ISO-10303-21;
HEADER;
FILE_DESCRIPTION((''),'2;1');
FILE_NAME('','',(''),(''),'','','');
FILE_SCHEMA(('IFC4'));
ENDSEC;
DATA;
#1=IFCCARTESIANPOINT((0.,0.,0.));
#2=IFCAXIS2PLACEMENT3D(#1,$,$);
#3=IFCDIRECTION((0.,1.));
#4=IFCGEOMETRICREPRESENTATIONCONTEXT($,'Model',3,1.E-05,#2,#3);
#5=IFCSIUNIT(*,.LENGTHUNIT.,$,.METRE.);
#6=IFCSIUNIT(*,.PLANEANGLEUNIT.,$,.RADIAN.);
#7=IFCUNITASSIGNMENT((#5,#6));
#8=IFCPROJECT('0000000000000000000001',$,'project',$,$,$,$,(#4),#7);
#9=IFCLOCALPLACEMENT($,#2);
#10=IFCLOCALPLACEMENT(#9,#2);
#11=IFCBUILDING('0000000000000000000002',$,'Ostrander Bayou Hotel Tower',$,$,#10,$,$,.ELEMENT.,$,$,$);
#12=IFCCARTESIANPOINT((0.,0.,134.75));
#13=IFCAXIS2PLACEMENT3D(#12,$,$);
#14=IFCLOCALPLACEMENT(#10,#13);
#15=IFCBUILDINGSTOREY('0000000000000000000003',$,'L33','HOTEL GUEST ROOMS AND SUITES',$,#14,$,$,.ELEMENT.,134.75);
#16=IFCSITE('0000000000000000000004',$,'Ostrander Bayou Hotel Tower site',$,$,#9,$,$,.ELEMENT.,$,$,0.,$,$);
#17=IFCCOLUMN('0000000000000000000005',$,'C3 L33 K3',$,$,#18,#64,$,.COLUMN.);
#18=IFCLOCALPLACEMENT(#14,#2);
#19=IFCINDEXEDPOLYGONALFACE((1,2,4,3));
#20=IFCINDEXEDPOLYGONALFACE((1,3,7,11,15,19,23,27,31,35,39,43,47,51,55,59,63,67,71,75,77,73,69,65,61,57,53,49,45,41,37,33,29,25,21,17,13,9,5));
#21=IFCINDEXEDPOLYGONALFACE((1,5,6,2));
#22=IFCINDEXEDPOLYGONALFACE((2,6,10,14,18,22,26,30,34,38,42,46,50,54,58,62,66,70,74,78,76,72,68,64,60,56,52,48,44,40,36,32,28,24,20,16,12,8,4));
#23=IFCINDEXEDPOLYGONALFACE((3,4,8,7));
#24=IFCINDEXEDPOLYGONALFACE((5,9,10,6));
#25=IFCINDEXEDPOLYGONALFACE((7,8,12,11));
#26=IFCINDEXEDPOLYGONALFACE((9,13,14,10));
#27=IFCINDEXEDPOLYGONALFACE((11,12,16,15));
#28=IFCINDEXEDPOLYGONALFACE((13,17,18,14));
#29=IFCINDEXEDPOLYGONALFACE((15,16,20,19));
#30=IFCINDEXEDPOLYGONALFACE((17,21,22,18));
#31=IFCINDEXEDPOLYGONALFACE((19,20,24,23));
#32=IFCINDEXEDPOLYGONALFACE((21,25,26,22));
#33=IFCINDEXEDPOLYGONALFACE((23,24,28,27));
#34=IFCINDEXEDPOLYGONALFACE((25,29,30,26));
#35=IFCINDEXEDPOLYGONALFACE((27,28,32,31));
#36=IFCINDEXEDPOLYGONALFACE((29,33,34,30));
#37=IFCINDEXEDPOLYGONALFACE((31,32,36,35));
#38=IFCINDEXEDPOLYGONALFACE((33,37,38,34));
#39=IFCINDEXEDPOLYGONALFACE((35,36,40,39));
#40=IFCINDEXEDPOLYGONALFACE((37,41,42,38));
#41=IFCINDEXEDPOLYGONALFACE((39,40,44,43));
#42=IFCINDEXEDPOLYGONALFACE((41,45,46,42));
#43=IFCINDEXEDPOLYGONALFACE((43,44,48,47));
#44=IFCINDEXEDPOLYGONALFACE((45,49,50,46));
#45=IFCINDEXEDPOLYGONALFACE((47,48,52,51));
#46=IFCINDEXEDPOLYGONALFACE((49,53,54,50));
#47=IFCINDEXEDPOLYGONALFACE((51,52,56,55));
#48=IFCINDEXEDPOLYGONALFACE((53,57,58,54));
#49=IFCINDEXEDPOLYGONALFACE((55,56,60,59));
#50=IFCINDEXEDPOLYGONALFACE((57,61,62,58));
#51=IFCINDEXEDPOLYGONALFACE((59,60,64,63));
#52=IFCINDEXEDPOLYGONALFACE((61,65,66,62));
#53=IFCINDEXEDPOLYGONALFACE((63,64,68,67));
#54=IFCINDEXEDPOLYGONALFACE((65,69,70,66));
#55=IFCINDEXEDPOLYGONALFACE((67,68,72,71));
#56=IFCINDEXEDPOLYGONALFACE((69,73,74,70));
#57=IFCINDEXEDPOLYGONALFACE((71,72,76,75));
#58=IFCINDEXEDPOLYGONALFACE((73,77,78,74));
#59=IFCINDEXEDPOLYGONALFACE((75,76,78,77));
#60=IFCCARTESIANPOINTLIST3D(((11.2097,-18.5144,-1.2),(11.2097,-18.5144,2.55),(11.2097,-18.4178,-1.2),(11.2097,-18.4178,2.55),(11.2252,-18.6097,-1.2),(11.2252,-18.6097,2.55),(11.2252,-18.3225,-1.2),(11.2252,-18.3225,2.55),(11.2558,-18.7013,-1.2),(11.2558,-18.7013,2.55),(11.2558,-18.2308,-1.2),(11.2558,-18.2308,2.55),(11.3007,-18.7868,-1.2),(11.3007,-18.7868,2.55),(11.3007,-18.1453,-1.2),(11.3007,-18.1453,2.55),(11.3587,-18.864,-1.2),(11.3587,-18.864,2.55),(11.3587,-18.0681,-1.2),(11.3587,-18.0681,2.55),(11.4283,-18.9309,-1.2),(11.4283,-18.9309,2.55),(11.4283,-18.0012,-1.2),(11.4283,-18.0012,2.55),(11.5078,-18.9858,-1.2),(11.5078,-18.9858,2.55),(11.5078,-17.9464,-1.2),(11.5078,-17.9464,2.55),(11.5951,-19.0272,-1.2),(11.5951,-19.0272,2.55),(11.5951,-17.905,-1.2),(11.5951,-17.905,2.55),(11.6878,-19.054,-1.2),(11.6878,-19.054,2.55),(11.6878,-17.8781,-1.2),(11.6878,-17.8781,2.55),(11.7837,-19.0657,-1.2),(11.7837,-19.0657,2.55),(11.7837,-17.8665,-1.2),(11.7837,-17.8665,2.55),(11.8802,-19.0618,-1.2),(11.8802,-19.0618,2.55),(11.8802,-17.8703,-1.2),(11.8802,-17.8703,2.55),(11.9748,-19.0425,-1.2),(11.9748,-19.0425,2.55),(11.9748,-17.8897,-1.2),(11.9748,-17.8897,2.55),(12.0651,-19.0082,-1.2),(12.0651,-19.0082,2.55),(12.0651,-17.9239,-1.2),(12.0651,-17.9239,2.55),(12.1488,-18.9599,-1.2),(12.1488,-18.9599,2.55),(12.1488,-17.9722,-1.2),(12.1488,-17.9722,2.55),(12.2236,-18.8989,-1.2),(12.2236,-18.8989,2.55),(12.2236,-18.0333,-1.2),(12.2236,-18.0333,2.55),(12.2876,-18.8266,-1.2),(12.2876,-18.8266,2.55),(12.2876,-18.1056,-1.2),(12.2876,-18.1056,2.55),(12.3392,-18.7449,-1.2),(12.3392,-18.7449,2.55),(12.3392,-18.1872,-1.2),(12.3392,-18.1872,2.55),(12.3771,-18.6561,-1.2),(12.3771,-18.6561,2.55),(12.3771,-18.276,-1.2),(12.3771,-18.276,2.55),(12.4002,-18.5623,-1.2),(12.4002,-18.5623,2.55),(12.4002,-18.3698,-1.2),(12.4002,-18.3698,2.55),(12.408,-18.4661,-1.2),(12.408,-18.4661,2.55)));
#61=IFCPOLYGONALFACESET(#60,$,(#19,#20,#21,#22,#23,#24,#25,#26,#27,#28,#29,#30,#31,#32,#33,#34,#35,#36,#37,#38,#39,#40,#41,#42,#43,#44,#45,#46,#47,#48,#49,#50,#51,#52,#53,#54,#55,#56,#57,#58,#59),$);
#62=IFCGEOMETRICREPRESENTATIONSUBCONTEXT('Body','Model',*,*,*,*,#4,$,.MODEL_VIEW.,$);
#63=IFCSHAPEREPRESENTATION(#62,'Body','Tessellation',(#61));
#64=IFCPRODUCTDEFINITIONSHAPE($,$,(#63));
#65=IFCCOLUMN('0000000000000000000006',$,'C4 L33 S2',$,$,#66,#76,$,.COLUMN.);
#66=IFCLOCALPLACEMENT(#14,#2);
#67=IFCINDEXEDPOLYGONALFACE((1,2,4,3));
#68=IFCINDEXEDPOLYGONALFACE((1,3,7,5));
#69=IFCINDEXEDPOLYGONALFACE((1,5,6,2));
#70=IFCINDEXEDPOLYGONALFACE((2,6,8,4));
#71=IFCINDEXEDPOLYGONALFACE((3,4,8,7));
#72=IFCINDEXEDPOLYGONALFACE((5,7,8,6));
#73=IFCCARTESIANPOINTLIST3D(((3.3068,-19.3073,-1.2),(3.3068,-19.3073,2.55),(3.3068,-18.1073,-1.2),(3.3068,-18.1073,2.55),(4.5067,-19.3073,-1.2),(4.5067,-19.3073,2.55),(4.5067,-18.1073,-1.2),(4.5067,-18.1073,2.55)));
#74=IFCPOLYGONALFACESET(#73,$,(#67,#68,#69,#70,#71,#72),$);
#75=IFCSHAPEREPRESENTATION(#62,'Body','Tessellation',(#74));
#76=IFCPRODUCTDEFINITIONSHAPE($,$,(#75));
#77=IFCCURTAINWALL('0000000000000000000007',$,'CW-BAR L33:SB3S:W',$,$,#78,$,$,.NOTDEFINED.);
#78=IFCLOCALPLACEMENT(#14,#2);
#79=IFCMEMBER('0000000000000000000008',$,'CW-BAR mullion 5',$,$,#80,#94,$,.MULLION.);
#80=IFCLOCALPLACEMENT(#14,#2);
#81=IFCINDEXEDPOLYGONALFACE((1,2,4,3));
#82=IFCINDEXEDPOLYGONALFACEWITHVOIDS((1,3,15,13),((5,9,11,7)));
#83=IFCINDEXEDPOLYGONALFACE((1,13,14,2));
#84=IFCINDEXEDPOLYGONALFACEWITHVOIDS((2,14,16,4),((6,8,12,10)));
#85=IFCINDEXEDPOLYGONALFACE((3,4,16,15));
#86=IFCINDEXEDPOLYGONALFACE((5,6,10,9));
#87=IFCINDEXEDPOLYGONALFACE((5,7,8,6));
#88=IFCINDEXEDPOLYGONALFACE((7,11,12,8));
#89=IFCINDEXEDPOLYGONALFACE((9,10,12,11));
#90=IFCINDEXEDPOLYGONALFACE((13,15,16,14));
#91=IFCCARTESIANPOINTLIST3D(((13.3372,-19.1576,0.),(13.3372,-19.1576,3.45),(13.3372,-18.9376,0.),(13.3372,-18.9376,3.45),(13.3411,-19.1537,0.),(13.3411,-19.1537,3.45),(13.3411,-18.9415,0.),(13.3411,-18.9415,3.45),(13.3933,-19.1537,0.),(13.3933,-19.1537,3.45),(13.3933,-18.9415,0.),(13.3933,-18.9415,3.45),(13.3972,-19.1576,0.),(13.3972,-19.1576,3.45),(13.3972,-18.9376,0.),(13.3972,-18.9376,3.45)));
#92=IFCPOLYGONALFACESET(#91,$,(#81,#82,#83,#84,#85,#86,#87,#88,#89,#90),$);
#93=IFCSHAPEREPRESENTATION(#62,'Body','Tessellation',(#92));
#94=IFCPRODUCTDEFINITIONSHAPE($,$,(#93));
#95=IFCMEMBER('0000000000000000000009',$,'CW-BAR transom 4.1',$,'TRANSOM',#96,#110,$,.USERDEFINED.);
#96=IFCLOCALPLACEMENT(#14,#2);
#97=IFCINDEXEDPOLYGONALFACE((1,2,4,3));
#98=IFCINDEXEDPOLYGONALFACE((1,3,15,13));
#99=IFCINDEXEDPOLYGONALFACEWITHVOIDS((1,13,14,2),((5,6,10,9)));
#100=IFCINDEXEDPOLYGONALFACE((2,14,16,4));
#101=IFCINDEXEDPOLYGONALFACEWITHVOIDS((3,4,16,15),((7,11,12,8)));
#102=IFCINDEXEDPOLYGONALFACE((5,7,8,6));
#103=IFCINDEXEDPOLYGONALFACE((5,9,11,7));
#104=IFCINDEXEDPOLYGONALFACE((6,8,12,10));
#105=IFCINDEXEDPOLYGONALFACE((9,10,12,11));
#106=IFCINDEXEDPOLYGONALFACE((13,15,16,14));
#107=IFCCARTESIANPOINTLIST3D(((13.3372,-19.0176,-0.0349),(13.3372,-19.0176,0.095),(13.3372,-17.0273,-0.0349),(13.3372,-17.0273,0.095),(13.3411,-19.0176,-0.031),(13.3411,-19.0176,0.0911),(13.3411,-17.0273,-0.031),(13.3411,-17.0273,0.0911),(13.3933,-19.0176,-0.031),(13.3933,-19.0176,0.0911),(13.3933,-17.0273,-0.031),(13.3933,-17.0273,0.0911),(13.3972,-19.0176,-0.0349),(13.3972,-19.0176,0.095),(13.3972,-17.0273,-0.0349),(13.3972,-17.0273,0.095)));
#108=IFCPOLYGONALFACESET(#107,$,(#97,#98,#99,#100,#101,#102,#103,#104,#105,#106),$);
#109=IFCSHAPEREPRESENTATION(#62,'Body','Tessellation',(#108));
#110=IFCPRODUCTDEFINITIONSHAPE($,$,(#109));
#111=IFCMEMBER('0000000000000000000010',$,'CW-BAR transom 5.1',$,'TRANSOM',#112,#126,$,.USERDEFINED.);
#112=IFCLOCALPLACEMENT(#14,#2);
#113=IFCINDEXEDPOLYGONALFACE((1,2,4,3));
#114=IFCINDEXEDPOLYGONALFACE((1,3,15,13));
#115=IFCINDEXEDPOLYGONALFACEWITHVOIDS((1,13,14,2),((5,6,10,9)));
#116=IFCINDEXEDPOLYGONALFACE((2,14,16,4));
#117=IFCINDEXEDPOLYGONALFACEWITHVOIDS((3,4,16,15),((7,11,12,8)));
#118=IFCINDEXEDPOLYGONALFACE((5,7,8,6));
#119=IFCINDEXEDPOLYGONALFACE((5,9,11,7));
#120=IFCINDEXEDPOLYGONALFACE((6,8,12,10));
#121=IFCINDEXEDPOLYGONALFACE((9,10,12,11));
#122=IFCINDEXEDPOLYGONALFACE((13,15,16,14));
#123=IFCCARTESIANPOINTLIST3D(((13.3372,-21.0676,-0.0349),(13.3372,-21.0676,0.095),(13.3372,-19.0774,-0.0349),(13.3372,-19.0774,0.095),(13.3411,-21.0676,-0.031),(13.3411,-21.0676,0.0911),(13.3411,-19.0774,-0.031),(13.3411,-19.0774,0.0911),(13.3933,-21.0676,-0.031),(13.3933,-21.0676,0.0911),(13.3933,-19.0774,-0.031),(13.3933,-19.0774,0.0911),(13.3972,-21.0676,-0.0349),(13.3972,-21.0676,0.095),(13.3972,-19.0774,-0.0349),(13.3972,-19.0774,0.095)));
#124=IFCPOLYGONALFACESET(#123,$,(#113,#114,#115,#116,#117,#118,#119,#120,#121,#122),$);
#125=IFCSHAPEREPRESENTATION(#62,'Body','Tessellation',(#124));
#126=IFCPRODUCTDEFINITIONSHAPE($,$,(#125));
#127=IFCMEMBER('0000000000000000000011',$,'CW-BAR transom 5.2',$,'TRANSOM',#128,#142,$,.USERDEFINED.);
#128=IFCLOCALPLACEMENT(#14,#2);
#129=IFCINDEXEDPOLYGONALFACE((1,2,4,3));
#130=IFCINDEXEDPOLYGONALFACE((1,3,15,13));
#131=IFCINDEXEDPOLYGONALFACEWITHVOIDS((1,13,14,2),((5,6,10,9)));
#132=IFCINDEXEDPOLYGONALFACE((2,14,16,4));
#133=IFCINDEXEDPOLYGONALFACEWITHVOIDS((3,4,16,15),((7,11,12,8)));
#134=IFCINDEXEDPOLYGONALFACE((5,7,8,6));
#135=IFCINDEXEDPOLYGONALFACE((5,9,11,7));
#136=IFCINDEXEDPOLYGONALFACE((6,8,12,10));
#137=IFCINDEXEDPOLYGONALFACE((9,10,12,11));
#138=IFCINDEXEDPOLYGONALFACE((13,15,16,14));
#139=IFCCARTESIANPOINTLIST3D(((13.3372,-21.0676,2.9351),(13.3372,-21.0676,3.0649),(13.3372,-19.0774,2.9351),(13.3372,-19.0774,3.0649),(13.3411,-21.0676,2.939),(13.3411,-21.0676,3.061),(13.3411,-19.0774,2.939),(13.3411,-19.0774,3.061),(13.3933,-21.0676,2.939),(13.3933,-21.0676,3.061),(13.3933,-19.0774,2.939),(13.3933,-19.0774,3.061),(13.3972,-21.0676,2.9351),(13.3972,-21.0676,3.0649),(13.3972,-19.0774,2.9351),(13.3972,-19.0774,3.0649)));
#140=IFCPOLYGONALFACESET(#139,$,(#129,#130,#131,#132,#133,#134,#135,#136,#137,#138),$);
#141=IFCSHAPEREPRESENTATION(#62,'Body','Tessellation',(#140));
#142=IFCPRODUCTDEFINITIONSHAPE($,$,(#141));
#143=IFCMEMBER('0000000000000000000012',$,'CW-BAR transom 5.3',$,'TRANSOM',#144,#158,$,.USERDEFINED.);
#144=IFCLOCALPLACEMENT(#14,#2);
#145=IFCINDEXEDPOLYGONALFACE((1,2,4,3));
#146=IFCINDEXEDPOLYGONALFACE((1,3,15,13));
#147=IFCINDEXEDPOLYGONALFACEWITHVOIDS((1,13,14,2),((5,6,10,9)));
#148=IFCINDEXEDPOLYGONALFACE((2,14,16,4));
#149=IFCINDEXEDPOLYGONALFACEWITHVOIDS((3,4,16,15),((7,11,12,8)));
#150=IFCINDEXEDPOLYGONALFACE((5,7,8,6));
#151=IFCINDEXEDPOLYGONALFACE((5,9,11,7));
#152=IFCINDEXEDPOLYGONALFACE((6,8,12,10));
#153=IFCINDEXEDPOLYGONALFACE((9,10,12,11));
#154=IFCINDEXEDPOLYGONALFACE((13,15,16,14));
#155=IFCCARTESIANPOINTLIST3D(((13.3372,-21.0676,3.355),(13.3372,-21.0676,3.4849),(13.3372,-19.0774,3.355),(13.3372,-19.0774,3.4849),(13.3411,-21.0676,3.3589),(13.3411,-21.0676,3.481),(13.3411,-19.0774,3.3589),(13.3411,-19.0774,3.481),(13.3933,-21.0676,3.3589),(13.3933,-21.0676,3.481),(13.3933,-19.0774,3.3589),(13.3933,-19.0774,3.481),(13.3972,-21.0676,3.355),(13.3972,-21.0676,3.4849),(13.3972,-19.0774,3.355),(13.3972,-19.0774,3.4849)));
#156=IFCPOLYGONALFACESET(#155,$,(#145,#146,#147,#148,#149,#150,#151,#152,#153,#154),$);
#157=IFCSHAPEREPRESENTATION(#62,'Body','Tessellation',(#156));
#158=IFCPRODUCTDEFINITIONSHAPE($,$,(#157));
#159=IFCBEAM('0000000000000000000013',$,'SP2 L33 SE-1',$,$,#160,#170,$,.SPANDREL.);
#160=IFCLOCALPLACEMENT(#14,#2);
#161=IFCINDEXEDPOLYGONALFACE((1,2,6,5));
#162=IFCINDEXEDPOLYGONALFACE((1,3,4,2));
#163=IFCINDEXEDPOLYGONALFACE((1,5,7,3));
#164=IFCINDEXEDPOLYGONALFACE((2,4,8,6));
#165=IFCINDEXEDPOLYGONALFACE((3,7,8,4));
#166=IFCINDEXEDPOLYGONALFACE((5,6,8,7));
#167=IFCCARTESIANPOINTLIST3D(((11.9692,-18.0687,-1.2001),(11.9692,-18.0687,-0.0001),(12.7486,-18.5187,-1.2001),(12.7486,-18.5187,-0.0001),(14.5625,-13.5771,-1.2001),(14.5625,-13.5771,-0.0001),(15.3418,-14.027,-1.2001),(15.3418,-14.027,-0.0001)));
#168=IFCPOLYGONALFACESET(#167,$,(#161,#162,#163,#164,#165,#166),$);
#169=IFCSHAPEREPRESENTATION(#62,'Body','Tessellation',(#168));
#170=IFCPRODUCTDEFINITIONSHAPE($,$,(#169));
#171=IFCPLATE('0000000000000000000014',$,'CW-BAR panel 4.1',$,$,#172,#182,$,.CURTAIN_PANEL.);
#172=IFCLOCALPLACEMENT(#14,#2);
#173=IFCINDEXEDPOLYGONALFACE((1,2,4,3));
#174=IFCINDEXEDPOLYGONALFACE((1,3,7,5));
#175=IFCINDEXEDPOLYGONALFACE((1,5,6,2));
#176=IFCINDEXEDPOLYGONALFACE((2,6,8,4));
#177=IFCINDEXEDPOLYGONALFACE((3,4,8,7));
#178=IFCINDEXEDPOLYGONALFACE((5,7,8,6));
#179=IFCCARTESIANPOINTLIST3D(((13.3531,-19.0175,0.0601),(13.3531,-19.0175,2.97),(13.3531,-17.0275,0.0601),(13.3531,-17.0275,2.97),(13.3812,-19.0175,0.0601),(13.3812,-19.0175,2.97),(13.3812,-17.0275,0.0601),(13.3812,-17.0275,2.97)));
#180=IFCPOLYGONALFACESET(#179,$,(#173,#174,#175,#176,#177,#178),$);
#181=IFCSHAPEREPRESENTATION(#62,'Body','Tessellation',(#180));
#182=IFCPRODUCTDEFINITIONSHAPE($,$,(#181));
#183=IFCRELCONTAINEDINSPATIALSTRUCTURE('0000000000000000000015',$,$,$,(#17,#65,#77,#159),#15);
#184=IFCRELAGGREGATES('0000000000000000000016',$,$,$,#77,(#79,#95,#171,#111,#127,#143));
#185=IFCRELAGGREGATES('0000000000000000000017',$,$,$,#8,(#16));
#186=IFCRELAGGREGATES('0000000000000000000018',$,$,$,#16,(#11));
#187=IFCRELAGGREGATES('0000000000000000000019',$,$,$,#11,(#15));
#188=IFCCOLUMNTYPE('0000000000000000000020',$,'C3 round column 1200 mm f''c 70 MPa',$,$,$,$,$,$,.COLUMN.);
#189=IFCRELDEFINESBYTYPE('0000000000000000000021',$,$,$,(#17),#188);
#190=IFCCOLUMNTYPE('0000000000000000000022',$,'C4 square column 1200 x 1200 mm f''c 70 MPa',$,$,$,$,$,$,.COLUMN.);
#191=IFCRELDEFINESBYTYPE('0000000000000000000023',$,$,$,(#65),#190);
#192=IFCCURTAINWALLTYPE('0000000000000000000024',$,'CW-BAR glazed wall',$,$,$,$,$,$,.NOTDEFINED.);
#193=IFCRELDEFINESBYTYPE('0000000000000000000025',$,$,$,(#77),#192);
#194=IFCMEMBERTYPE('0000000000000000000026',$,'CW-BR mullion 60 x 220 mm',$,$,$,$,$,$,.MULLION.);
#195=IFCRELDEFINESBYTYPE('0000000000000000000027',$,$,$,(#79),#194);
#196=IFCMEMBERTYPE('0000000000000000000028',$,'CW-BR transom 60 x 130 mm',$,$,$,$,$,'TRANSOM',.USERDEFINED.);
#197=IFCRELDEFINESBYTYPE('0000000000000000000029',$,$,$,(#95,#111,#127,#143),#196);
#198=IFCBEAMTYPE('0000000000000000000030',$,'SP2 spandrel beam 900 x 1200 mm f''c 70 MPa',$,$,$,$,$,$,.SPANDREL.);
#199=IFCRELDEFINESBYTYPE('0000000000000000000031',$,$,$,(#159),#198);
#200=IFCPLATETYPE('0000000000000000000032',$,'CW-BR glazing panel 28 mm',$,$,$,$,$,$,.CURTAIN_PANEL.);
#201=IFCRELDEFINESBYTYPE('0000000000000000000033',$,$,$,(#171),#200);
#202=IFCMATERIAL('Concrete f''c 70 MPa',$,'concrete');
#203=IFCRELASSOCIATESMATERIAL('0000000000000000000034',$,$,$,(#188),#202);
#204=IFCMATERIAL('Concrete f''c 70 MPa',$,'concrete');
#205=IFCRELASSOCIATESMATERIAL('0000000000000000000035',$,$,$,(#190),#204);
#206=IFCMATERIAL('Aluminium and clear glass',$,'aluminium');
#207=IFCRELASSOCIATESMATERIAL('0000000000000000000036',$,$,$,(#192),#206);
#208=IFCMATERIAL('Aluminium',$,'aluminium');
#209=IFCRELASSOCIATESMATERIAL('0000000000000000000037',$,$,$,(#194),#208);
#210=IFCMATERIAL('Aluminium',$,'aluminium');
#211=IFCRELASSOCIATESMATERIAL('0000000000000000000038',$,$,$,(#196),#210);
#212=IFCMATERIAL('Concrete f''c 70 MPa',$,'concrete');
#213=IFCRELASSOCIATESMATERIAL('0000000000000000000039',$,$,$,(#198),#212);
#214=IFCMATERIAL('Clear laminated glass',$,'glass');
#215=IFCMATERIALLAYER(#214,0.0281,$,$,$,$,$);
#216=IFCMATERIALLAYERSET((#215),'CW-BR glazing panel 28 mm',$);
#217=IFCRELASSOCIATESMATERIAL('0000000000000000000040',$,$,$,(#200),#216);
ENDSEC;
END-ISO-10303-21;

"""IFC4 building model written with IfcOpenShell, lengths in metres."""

from ifc_helpers import new_model, si_unit, direction, frame, origin, origin_2d, place, context, subcontext, project, spatial, rectangle, hollow_rectangle, circle, extrude, material, layer, layer_set, material_profile, profile_set, type_object, element, aggregate, save


model = new_model("IFC4")

# Units and contexts
model_context = context("Model", 3, precision=1e-05, world=origin(), true_north=direction((0.0, 1.0)))
body_context = subcontext(model_context, "Body", "Model", "MODEL_VIEW")
ifc_project = project(units=[si_unit("LENGTHUNIT", "METRE"), si_unit("PLANEANGLEUNIT", "RADIAN")], contexts=[model_context])

# Site, building, storey
site_placement = place(None, origin())
site = spatial("IfcSite", under=ifc_project, at=site_placement, Name="Ostrander Bayou Hotel Tower site", CompositionType="ELEMENT", RefElevation=0.0)
building_placement = place(site_placement, origin())
building = spatial("IfcBuilding", under=site, at=building_placement, Name="Ostrander Bayou Hotel Tower", CompositionType="ELEMENT")
storey_placement = place(building_placement, frame((0.0, 0.0, 134.75)))
storey = spatial("IfcBuildingStorey", under=building, at=storey_placement, Name="L33", Description="HOTEL GUEST ROOMS AND SUITES", CompositionType="ELEMENT", Elevation=134.75)

# Columns
ifc_material_1 = material(Name="Concrete f'c 70 MPa", Category="concrete")
ifc_material_profile_1 = material_profile(ifc_material_1, circle(Radius=0.6001, at=origin_2d()))
ifc_profile_set_1 = profile_set([ifc_material_profile_1], Name="Concrete f'c 70 MPa")
column_type_1 = type_object("IfcColumnType", Name="C3 round column 1200 mm f'c 70 MPa", PredefinedType="COLUMN", material=ifc_profile_set_1)
column_1_placement = place(storey_placement, frame((11.8079, -18.4661, -1.2), z_axis=(0.0, 0.0, 1.0), x_axis=(1.0, 0.0, 0.0)))
element("IfcColumn", 1, at=column_1_placement, inside=storey, type_object=column_type_1, Name="C3 L33 K3", PredefinedType="COLUMN", context=body_context, shape_type="SweptSolid", body=[
    extrude(circle(Radius=0.6001, at=origin_2d()), origin(), (0.0, 0.0, 1.0), 3.75),
])
ifc_material_2 = material(Name="Concrete f'c 70 MPa", Category="concrete")
ifc_material_profile_2 = material_profile(ifc_material_2, rectangle(XDim=1.2, YDim=1.2, at=origin_2d()))
ifc_profile_set_2 = profile_set([ifc_material_profile_2], Name="Concrete f'c 70 MPa")
column_type_2 = type_object("IfcColumnType", Name="C4 square column 1200 x 1200 mm f'c 70 MPa", PredefinedType="COLUMN", material=ifc_profile_set_2)
column_2_placement = place(storey_placement, frame((3.9067, -18.7073, -1.2), z_axis=(0.0, 0.0, 1.0), x_axis=(-1.0, 0.0, 0.0)))
element("IfcColumn", 2, at=column_2_placement, inside=storey, type_object=column_type_2, Name="C4 L33 S2", PredefinedType="COLUMN", context=body_context, shape_type="SweptSolid", body=[
    extrude(rectangle(XDim=1.2, YDim=1.2, at=origin_2d()), origin(), (0.0, 0.0, 1.0), 3.75),
])

# Curtain wall, members
ifc_material_3 = material(Name="Aluminium and clear glass", Category="aluminium")
curtain_wall_type = type_object("IfcCurtainWallType", Name="CW-BAR glazed wall", PredefinedType="NOTDEFINED", material=ifc_material_3)
curtain_wall_placement = place(storey_placement, origin())
curtain_wall = element("IfcCurtainWall", 3, at=curtain_wall_placement, inside=storey, type_object=curtain_wall_type, Name="CW-BAR L33:SB3S:W", PredefinedType="NOTDEFINED")
ifc_material_4 = material(Name="Aluminium", Category="aluminium")
ifc_material_profile_3 = material_profile(ifc_material_4, hollow_rectangle(XDim=0.0601, YDim=0.22, WallThickness=0.0039, at=origin_2d()))
ifc_profile_set_3 = profile_set([ifc_material_profile_3], Name="Aluminium")
member_type_1 = type_object("IfcMemberType", Name="CW-BR mullion 60 x 220 mm", PredefinedType="MULLION", material=ifc_profile_set_3)
member_1_placement = place(storey_placement, frame((13.3672, -19.0476, 0.0), z_axis=(0.0, 0.0, 1.0), x_axis=(1.0, 0.0, 0.0)))
member_1 = element("IfcMember", 4, at=member_1_placement, type_object=member_type_1, Name="CW-BAR mullion 5", PredefinedType="MULLION", context=body_context, shape_type="SweptSolid", body=[
    extrude(hollow_rectangle(XDim=0.0601, YDim=0.22, WallThickness=0.0039, at=origin_2d()), origin(), (0.0, 0.0, 1.0), 3.45),
])
ifc_material_5 = material(Name="Aluminium", Category="aluminium")
ifc_material_profile_4 = material_profile(ifc_material_5, hollow_rectangle(XDim=0.0601, YDim=0.1299, WallThickness=0.0039, at=origin_2d()))
ifc_profile_set_4 = profile_set([ifc_material_profile_4], Name="Aluminium")
member_type_2 = type_object("IfcMemberType", Name="CW-BR transom 60 x 130 mm", ElementType="TRANSOM", PredefinedType="USERDEFINED", material=ifc_profile_set_4)
member_2_placement = place(storey_placement, frame((13.3672, -17.0273, 0.03), z_axis=(0.0, -1.0, 0.0), x_axis=(1.0, 0.0, 0.0)))
member_2 = element("IfcMember", 5, at=member_2_placement, type_object=member_type_2, Name="CW-BAR transom 4.1", ObjectType="TRANSOM", PredefinedType="USERDEFINED", context=body_context, shape_type="SweptSolid", body=[
    extrude(hollow_rectangle(XDim=0.0601, YDim=0.1299, WallThickness=0.0039, at=origin_2d()), origin(), (0.0, 0.0, 1.0), 1.9902),
])
member_3_placement = place(storey_placement, frame((13.3672, -19.0774, 0.03), z_axis=(0.0, -1.0, 0.0), x_axis=(1.0, 0.0, 0.0)))
member_3 = element("IfcMember", 6, at=member_3_placement, type_object=member_type_2, Name="CW-BAR transom 5.1", ObjectType="TRANSOM", PredefinedType="USERDEFINED", context=body_context, shape_type="SweptSolid", body=[
    extrude(hollow_rectangle(XDim=0.0601, YDim=0.1299, WallThickness=0.0039, at=origin_2d()), origin(), (0.0, 0.0, 1.0), 1.9902),
])
member_4_placement = place(storey_placement, frame((13.3672, -19.0774, 3.0), z_axis=(0.0, -1.0, 0.0), x_axis=(1.0, 0.0, 0.0)))
member_4 = element("IfcMember", 7, at=member_4_placement, type_object=member_type_2, Name="CW-BAR transom 5.2", ObjectType="TRANSOM", PredefinedType="USERDEFINED", context=body_context, shape_type="SweptSolid", body=[
    extrude(hollow_rectangle(XDim=0.0601, YDim=0.1299, WallThickness=0.0039, at=origin_2d()), origin(), (0.0, 0.0, 1.0), 1.9902),
])
member_5_placement = place(storey_placement, frame((13.3672, -19.0774, 3.4199), z_axis=(0.0, -1.0, 0.0), x_axis=(1.0, 0.0, 0.0)))
member_5 = element("IfcMember", 8, at=member_5_placement, type_object=member_type_2, Name="CW-BAR transom 5.3", ObjectType="TRANSOM", PredefinedType="USERDEFINED", context=body_context, shape_type="SweptSolid", body=[
    extrude(hollow_rectangle(XDim=0.0601, YDim=0.1299, WallThickness=0.0039, at=origin_2d()), origin(), (0.0, 0.0, 1.0), 1.9902),
])

# Beam
ifc_material_6 = material(Name="Concrete f'c 70 MPa", Category="concrete")
ifc_material_profile_5 = material_profile(ifc_material_6, rectangle(XDim=0.8999, YDim=1.2, at=origin_2d()))
ifc_profile_set_5 = profile_set([ifc_material_profile_5], Name="Concrete f'c 70 MPa")
beam_type = type_object("IfcBeamType", Name="SP2 spandrel beam 900 x 1200 mm f'c 70 MPa", PredefinedType="SPANDREL", material=ifc_profile_set_5)
beam_placement = place(storey_placement, frame((12.3589, -18.2937, -0.6001), z_axis=(0.499997, 0.866027, 0.0), x_axis=(-0.866027, 0.499997, 0.0)))
element("IfcBeam", 9, at=beam_placement, inside=storey, type_object=beam_type, Name="SP2 L33 SE-1", PredefinedType="SPANDREL", context=body_context, shape_type="SweptSolid", body=[
    extrude(rectangle(XDim=0.8999, YDim=1.2, at=origin_2d()), origin(), (0.0, 0.0, 1.0), 5.1865),
])

# Plate
ifc_material_7 = material(Name="Clear laminated glass", Category="glass")
ifc_layer_1 = layer(ifc_material_7, 0.0281)
ifc_layer_set_1 = layer_set([ifc_layer_1], Name="CW-BR glazing panel 28 mm")
plate_type = type_object("IfcPlateType", Name="CW-BR glazing panel 28 mm", PredefinedType="CURTAIN_PANEL", material=ifc_layer_set_1)
plate_1_placement = place(storey_placement, frame((13.3672, -18.0225, 0.0601), z_axis=(0.0, 0.0, 1.0), x_axis=(0.0, -1.0, 0.0)))
plate_1 = element("IfcPlate", 10, at=plate_1_placement, type_object=plate_type, Name="CW-BAR panel 4.1", PredefinedType="CURTAIN_PANEL", context=body_context, shape_type="SweptSolid", body=[
    extrude(rectangle(XDim=1.99, YDim=0.0281, at=origin_2d()), origin(), (0.0, 0.0, 1.0), 2.9099),
])
aggregate(curtain_wall, [member_1, member_2, plate_1, member_3, member_4, member_5])

save(model, "model.ifc")
